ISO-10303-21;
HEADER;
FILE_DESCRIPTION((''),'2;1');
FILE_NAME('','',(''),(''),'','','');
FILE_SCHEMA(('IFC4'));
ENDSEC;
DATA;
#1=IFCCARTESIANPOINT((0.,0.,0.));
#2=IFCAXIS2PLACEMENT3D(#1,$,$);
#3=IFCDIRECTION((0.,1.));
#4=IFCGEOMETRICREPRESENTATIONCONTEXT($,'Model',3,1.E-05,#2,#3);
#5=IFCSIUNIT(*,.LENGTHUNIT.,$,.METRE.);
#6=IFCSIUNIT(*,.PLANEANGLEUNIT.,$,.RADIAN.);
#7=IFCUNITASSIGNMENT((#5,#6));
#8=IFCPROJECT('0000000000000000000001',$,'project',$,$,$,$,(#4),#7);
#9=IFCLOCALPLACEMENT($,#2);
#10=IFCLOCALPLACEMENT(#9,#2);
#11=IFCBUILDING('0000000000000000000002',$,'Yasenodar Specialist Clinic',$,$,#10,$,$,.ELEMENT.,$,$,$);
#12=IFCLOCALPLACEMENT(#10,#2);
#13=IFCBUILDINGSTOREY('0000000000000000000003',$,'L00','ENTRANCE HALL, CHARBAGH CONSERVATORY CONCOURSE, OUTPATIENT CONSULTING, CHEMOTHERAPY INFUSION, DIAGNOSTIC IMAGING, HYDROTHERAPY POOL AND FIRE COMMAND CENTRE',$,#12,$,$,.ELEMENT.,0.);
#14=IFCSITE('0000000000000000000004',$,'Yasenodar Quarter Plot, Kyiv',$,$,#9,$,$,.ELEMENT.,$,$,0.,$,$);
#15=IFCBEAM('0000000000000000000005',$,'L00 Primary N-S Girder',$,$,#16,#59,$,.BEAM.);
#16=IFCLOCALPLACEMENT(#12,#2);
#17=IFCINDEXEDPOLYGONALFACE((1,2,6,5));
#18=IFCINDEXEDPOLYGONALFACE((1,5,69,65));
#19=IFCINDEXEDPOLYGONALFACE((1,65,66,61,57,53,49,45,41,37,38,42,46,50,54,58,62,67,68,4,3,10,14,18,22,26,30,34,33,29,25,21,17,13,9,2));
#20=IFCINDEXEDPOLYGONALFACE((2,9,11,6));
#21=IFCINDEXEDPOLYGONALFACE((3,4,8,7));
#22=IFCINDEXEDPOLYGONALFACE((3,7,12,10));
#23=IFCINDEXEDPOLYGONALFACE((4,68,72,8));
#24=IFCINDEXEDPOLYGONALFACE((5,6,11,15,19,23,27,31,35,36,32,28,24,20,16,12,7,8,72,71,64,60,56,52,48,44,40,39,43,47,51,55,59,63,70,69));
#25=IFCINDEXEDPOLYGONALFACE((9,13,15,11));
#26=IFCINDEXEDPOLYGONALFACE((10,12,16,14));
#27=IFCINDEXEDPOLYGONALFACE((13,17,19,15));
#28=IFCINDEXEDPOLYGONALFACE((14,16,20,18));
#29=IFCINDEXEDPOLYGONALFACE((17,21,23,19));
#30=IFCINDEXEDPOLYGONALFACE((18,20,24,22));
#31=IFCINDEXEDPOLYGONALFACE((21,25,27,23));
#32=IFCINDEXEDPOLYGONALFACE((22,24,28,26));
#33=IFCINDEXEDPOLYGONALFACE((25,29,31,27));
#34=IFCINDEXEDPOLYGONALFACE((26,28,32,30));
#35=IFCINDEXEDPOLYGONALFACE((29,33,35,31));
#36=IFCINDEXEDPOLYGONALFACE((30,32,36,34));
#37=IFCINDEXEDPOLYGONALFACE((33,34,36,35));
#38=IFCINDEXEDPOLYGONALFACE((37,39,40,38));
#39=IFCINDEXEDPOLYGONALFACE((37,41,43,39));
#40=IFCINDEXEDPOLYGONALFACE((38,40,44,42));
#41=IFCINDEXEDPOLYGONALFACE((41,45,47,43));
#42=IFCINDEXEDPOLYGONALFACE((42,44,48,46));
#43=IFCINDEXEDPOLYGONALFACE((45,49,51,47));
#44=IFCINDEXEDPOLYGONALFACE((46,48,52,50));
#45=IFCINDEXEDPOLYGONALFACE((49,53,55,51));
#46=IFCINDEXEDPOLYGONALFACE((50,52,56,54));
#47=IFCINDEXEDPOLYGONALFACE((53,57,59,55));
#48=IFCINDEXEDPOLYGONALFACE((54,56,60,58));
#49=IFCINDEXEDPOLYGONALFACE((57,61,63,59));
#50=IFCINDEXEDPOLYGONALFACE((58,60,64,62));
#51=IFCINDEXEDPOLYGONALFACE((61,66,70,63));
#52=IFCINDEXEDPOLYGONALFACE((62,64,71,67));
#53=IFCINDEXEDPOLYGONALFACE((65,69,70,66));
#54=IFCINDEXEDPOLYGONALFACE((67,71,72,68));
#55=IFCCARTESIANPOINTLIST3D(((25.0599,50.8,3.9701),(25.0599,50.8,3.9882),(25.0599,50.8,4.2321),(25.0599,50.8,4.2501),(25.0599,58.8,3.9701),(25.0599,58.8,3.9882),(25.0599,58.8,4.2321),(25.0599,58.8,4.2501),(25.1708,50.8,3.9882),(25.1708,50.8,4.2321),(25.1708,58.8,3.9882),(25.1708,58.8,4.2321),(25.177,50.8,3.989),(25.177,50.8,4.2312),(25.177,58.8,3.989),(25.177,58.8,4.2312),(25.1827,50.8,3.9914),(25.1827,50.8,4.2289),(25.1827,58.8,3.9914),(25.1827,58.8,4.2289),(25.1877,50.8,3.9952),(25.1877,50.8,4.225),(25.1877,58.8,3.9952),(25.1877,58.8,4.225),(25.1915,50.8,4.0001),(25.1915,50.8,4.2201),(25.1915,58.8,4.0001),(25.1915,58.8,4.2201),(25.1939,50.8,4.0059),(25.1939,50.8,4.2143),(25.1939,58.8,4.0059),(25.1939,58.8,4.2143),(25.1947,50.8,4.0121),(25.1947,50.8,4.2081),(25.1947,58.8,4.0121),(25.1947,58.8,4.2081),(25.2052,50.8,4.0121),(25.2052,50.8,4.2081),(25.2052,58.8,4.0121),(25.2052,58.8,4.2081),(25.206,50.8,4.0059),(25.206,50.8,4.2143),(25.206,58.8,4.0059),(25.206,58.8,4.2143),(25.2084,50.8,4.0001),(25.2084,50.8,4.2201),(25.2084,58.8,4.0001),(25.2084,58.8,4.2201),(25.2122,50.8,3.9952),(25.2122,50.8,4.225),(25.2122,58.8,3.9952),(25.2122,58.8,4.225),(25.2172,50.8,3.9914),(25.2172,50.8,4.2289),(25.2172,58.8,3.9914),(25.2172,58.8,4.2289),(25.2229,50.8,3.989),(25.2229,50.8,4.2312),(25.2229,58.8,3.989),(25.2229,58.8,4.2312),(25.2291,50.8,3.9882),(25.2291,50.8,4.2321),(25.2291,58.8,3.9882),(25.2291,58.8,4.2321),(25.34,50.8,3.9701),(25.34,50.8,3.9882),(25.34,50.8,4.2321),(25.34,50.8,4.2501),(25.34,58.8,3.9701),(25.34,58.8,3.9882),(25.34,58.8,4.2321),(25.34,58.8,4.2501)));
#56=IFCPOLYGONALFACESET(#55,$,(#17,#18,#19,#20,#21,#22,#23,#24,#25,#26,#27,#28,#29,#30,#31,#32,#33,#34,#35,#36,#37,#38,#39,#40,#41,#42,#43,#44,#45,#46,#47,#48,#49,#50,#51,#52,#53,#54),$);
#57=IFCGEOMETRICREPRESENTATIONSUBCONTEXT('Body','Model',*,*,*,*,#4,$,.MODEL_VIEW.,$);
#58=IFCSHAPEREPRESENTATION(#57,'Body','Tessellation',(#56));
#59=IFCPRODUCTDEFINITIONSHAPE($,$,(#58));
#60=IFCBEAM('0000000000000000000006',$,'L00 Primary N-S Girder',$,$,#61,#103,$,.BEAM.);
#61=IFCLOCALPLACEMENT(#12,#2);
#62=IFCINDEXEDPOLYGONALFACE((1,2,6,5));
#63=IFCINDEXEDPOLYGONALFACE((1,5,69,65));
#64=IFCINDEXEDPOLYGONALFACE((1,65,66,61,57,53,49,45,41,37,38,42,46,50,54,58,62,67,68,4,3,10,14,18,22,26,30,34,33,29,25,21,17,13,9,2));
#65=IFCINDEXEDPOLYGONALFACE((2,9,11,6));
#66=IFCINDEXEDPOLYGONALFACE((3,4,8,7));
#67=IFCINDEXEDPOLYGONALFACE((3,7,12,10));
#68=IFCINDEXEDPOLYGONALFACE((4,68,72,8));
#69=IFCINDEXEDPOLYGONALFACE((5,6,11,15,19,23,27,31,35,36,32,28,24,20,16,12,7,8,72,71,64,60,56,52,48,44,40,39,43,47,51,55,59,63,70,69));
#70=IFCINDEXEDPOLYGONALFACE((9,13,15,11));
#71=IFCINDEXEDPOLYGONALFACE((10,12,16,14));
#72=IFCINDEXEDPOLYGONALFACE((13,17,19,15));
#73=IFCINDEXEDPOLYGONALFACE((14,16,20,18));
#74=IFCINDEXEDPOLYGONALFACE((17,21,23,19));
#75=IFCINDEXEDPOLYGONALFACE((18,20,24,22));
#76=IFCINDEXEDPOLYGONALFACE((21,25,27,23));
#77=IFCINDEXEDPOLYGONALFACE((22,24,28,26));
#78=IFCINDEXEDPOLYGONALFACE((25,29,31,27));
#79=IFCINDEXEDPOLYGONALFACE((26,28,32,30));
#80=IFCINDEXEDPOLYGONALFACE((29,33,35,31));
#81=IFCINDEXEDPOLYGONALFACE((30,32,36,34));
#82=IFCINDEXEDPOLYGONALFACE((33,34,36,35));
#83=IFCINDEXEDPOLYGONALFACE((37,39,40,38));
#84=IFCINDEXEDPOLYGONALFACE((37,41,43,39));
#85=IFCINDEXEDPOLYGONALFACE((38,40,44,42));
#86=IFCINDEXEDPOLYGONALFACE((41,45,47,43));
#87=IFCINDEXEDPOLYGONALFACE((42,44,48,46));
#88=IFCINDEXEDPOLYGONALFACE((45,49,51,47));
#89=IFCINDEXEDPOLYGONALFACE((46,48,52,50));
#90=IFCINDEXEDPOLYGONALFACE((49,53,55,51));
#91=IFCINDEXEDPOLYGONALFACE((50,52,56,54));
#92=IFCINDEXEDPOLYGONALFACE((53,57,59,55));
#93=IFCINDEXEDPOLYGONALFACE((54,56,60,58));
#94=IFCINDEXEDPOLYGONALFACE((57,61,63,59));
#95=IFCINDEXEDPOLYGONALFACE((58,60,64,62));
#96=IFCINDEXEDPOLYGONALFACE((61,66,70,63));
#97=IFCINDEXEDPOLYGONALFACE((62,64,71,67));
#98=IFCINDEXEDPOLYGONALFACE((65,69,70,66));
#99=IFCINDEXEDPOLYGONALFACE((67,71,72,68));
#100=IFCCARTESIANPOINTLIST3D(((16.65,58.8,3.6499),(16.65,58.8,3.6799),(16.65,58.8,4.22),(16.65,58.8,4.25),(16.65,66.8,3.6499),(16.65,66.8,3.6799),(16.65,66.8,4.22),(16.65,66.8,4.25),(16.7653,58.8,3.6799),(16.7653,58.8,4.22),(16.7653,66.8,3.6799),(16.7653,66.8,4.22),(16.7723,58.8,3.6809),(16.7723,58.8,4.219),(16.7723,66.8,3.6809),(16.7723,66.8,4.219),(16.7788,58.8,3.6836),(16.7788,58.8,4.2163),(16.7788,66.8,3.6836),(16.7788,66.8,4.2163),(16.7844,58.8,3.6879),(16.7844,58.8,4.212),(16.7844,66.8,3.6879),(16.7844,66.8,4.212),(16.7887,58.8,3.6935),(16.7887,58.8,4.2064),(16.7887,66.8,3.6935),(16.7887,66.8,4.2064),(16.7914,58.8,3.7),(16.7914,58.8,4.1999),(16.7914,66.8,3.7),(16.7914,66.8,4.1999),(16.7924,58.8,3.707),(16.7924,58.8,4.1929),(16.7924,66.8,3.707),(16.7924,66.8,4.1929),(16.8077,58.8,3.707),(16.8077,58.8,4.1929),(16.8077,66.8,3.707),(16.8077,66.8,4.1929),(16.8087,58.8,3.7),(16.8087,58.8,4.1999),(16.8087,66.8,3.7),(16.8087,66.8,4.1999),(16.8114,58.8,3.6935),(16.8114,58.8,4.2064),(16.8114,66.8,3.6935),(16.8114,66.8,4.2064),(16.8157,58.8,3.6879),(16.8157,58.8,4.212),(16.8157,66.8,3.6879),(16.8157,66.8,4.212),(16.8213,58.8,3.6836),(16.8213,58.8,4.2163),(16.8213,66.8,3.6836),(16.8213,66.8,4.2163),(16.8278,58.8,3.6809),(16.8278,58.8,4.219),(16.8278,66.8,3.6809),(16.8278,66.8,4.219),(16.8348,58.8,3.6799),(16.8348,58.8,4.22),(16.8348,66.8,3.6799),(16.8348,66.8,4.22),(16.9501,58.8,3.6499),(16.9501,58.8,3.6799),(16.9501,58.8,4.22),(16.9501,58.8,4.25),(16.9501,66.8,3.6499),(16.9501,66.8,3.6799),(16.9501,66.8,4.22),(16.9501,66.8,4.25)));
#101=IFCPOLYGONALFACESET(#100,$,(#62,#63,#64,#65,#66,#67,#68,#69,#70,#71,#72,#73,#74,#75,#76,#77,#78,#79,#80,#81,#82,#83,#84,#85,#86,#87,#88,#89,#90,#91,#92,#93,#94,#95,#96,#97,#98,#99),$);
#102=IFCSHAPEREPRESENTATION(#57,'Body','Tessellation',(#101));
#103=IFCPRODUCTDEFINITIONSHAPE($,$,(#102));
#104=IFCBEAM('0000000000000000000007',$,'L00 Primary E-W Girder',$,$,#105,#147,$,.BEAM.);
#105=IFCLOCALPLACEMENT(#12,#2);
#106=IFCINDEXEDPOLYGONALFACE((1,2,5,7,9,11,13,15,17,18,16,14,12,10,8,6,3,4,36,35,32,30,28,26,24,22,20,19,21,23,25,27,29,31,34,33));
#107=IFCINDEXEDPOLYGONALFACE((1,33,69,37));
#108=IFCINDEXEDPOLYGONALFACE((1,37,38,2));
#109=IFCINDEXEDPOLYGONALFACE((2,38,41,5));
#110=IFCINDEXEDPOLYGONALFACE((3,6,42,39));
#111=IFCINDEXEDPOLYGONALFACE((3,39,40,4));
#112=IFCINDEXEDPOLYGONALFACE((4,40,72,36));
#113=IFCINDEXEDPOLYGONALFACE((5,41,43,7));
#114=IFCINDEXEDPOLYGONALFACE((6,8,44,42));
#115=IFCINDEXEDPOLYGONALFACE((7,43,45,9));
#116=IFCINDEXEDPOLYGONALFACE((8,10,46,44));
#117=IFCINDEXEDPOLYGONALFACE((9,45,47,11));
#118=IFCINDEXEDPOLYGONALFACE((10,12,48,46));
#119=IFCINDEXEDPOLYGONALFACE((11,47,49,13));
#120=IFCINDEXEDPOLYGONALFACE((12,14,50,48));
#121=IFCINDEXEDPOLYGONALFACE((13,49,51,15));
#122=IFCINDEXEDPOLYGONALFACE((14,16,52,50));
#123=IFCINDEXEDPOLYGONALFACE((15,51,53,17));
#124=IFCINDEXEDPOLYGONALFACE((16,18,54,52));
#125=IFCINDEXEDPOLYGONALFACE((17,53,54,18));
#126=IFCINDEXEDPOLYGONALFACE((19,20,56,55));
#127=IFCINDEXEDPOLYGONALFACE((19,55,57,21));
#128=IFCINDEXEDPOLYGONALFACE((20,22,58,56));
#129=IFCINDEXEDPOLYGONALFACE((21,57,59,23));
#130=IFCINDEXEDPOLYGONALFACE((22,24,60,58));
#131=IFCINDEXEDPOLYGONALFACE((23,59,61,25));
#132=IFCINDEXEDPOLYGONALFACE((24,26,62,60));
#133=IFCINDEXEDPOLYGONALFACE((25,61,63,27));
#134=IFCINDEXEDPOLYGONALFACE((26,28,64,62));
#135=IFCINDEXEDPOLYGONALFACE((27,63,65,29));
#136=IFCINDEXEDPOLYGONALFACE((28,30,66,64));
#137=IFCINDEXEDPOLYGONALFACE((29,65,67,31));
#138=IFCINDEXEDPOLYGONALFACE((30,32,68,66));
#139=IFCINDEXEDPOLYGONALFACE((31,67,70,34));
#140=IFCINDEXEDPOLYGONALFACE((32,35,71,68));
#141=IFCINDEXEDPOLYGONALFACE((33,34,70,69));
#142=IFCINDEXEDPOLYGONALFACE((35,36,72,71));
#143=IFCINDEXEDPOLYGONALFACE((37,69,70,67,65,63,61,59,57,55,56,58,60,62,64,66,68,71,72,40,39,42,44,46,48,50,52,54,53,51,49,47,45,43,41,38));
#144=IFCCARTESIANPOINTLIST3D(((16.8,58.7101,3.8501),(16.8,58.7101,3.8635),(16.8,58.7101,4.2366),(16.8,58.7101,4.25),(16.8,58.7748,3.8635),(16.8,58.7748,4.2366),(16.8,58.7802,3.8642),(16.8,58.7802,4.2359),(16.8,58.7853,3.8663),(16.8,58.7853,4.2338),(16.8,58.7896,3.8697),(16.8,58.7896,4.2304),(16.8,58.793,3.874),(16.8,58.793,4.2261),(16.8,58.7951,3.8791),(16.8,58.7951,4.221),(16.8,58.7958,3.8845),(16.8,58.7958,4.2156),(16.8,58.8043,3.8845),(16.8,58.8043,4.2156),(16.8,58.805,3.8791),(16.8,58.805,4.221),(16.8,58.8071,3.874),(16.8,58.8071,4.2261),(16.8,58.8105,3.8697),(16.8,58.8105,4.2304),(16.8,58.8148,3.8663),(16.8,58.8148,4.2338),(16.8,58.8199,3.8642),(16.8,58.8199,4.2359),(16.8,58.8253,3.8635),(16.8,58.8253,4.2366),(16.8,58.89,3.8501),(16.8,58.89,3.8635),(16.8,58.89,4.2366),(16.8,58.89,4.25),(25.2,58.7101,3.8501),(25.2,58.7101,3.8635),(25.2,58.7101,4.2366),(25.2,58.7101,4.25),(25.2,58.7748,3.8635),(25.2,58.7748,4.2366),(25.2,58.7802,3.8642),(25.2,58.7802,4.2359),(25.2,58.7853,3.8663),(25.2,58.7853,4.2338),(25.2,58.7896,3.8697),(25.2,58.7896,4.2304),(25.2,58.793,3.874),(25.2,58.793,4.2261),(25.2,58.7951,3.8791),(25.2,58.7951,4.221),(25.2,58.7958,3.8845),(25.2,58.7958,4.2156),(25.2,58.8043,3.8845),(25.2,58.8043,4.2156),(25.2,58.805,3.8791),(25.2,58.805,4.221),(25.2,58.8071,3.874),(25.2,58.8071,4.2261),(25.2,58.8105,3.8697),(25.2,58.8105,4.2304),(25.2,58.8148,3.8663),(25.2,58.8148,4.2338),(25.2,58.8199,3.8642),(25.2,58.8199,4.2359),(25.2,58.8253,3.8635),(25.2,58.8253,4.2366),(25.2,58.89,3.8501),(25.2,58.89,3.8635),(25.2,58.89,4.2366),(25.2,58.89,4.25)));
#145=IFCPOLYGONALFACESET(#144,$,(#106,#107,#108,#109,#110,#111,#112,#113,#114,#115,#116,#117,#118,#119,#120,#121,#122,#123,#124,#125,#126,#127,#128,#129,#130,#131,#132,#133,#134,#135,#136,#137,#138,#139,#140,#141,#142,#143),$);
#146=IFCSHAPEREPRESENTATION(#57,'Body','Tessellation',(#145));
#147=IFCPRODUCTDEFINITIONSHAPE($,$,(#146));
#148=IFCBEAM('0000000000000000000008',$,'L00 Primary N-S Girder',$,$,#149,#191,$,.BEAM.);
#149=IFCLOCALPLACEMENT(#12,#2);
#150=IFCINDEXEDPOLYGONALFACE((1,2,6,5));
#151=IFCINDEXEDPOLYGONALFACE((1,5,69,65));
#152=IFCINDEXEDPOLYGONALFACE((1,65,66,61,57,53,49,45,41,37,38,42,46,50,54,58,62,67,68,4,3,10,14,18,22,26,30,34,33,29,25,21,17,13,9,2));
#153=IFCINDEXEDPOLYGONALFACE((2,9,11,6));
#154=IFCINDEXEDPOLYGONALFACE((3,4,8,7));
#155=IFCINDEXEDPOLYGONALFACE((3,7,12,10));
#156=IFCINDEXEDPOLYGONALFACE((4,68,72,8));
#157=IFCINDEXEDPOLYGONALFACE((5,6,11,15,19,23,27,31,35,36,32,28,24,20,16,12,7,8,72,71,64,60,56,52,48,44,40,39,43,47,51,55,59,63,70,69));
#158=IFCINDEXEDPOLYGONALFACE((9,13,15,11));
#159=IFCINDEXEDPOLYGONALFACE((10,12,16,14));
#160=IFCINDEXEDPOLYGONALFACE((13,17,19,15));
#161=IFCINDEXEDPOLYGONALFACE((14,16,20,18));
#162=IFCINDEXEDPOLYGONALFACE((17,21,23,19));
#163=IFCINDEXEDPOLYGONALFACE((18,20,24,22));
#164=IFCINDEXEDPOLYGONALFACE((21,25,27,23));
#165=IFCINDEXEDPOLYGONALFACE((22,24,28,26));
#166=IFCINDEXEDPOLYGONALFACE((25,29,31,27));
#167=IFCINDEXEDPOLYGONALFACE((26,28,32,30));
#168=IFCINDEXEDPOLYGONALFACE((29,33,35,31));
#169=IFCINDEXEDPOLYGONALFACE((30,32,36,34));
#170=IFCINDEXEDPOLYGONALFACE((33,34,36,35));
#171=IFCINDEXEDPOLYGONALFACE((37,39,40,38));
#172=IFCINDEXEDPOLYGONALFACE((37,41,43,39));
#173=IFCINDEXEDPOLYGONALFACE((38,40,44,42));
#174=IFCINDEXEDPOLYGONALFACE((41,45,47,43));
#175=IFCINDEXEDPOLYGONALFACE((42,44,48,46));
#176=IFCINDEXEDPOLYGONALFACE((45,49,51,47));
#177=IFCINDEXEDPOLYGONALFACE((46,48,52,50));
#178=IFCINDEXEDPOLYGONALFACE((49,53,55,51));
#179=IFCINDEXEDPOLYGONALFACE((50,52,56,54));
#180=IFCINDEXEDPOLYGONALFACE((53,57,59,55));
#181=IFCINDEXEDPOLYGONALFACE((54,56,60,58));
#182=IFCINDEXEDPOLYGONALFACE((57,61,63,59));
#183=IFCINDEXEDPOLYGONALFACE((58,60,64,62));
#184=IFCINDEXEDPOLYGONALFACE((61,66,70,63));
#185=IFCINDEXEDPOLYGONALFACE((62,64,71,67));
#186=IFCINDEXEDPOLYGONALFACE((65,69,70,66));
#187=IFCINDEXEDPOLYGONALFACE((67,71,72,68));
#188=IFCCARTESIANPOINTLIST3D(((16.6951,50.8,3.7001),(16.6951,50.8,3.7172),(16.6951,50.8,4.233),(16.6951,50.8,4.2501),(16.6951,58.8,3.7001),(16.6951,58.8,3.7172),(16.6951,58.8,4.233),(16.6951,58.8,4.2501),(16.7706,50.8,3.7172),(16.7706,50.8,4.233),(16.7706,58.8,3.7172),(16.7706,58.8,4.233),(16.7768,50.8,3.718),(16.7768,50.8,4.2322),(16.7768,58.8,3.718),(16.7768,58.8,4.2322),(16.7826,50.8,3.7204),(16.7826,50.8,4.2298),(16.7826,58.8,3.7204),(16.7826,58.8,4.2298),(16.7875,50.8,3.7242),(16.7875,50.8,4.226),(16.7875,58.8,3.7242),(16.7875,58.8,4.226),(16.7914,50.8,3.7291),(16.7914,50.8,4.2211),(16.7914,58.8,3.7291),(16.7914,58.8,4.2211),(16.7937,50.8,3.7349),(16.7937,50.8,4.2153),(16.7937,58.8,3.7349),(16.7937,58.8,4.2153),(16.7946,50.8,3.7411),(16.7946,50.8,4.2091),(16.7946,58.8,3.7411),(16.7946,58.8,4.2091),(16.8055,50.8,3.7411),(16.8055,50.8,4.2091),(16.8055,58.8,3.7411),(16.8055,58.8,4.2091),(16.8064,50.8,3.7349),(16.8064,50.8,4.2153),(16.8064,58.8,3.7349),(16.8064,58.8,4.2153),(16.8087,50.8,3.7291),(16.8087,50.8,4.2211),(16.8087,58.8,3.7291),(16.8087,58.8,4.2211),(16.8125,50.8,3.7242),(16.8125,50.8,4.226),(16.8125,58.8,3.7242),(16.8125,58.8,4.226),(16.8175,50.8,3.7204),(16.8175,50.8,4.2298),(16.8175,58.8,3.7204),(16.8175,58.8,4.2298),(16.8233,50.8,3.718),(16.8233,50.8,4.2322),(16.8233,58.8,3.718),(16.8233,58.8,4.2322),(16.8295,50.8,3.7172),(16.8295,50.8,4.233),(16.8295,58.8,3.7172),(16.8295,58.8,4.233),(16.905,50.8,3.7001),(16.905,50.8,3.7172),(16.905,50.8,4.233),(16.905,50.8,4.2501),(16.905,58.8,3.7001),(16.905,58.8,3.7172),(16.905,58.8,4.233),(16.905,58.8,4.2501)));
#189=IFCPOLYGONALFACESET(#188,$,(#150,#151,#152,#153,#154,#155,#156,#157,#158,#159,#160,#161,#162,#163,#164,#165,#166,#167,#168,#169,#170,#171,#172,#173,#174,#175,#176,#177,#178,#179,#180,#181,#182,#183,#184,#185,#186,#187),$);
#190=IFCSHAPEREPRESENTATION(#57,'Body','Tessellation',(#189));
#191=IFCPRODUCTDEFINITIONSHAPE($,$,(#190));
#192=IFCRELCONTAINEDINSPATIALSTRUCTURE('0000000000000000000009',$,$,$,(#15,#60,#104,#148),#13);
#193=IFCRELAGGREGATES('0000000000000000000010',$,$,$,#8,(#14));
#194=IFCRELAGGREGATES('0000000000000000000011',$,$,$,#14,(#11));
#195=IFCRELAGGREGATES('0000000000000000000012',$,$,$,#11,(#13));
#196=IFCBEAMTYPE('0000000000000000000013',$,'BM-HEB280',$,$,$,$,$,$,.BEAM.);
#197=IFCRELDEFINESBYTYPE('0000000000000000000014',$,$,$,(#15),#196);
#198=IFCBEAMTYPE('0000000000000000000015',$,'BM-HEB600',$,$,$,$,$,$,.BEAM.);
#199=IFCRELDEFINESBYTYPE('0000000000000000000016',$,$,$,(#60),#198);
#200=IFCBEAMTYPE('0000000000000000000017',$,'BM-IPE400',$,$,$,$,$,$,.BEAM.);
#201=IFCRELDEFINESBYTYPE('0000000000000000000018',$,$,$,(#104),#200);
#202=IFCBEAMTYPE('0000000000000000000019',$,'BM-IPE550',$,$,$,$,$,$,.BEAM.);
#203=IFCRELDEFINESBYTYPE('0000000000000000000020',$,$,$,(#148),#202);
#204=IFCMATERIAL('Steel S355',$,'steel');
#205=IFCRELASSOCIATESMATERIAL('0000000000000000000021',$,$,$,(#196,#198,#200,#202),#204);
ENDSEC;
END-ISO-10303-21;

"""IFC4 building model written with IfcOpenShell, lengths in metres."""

from ifc_helpers import new_model, si_unit, direction, frame, origin, origin_2d, place, context, subcontext, project, spatial, i_section, extrude, material, material_profile, profile_set, type_object, element, save


model = new_model("IFC4")

# Units and contexts
model_context = context("Model", 3, precision=1e-05, world=origin(), true_north=direction((0.0, 1.0)))
body_context = subcontext(model_context, "Body", "Model", "MODEL_VIEW")
ifc_project = project(units=[si_unit("LENGTHUNIT", "METRE"), si_unit("PLANEANGLEUNIT", "RADIAN")], contexts=[model_context])

# Site, building, storey
site_placement = place(None, origin())
site = spatial("IfcSite", under=ifc_project, at=site_placement, Name="Yasenodar Quarter Plot, Kyiv", CompositionType="ELEMENT", RefElevation=0.0)
building_placement = place(site_placement, origin())
building = spatial("IfcBuilding", under=site, at=building_placement, Name="Yasenodar Specialist Clinic", CompositionType="ELEMENT")
storey_placement = place(building_placement, origin())
storey = spatial("IfcBuildingStorey", under=building, at=storey_placement, Name="L00", Description="ENTRANCE HALL, CHARBAGH CONSERVATORY CONCOURSE, OUTPATIENT CONSULTING, CHEMOTHERAPY INFUSION, DIAGNOSTIC IMAGING, HYDROTHERAPY POOL AND FIRE COMMAND CENTRE", CompositionType="ELEMENT", Elevation=0.0)

# Shared definitions
ifc_material_1 = material(Name="Steel S355", Category="steel")

# Beams
ifc_material_profile_1 = material_profile(ifc_material_1, i_section(OverallWidth=0.28, OverallDepth=0.28, WebThickness=0.0105, FlangeThickness=0.0181, FilletRadius=0.0239, at=origin_2d()), Name="HEB 280")
ifc_profile_set_1 = profile_set([ifc_material_profile_1], Name="Steel S355")
beam_type_1 = type_object("IfcBeamType", Name="BM-HEB280", PredefinedType="BEAM", material=ifc_profile_set_1)
beam_1_placement = place(storey_placement, frame((25.2, 50.8, 4.1101), z_axis=(0.0, 1.0, 0.0), x_axis=(-1.0, 0.0, 0.0)))
element("IfcBeam", 1, at=beam_1_placement, inside=storey, type_object=beam_type_1, Name="L00 Primary N-S Girder", PredefinedType="BEAM", context=body_context, shape_type="SweptSolid", body=[
    extrude(i_section(OverallWidth=0.28, OverallDepth=0.28, WebThickness=0.0105, FlangeThickness=0.0181, FilletRadius=0.0239, at=origin_2d()), origin(), (0.0, 0.0, 1.0), 8.0),
])
ifc_material_profile_2 = material_profile(ifc_material_1, i_section(OverallWidth=0.3, OverallDepth=0.6001, WebThickness=0.0154, FlangeThickness=0.03, FilletRadius=0.0271, at=origin_2d()), Name="HEB 600")
ifc_profile_set_2 = profile_set([ifc_material_profile_2], Name="Steel S355")
beam_type_2 = type_object("IfcBeamType", Name="BM-HEB600", PredefinedType="BEAM", material=ifc_profile_set_2)
beam_2_placement = place(storey_placement, frame((16.8, 58.8, 3.95), z_axis=(0.0, 1.0, 0.0), x_axis=(-1.0, 0.0, 0.0)))
element("IfcBeam", 2, at=beam_2_placement, inside=storey, type_object=beam_type_2, Name="L00 Primary N-S Girder", PredefinedType="BEAM", context=body_context, shape_type="SweptSolid", body=[
    extrude(i_section(OverallWidth=0.3, OverallDepth=0.6001, WebThickness=0.0154, FlangeThickness=0.03, FilletRadius=0.0271, at=origin_2d()), origin(), (0.0, 0.0, 1.0), 8.0),
])
ifc_material_profile_3 = material_profile(ifc_material_1, i_section(OverallWidth=0.1799, OverallDepth=0.3999, WebThickness=0.0085, FlangeThickness=0.0134, FilletRadius=0.021, at=origin_2d()), Name="IPE 400")
ifc_profile_set_3 = profile_set([ifc_material_profile_3], Name="Steel S355")
beam_type_3 = type_object("IfcBeamType", Name="BM-IPE400", PredefinedType="BEAM", material=ifc_profile_set_3)
beam_3_placement = place(storey_placement, frame((16.8, 58.8, 4.05), z_axis=(1.0, 0.0, 0.0), x_axis=(0.0, 1.0, 0.0)))
element("IfcBeam", 3, at=beam_3_placement, inside=storey, type_object=beam_type_3, Name="L00 Primary E-W Girder", PredefinedType="BEAM", context=body_context, shape_type="SweptSolid", body=[
    extrude(i_section(OverallWidth=0.1799, OverallDepth=0.3999, WebThickness=0.0085, FlangeThickness=0.0134, FilletRadius=0.021, at=origin_2d()), origin(), (0.0, 0.0, 1.0), 8.3999),
])
ifc_material_profile_4 = material_profile(ifc_material_1, i_section(OverallWidth=0.21, OverallDepth=0.55, WebThickness=0.011, FlangeThickness=0.0171, FilletRadius=0.0239, at=origin_2d()), Name="IPE 550")
ifc_profile_set_4 = profile_set([ifc_material_profile_4], Name="Steel S355")
beam_type_4 = type_object("IfcBeamType", Name="BM-IPE550", PredefinedType="BEAM", material=ifc_profile_set_4)
beam_4_placement = place(storey_placement, frame((16.8, 50.8, 3.9751), z_axis=(0.0, 1.0, 0.0), x_axis=(-1.0, 0.0, 0.0)))
element("IfcBeam", 4, at=beam_4_placement, inside=storey, type_object=beam_type_4, Name="L00 Primary N-S Girder", PredefinedType="BEAM", context=body_context, shape_type="SweptSolid", body=[
    extrude(i_section(OverallWidth=0.21, OverallDepth=0.55, WebThickness=0.011, FlangeThickness=0.0171, FilletRadius=0.0239, at=origin_2d()), origin(), (0.0, 0.0, 1.0), 8.0),
])

save(model, "model.ifc")
